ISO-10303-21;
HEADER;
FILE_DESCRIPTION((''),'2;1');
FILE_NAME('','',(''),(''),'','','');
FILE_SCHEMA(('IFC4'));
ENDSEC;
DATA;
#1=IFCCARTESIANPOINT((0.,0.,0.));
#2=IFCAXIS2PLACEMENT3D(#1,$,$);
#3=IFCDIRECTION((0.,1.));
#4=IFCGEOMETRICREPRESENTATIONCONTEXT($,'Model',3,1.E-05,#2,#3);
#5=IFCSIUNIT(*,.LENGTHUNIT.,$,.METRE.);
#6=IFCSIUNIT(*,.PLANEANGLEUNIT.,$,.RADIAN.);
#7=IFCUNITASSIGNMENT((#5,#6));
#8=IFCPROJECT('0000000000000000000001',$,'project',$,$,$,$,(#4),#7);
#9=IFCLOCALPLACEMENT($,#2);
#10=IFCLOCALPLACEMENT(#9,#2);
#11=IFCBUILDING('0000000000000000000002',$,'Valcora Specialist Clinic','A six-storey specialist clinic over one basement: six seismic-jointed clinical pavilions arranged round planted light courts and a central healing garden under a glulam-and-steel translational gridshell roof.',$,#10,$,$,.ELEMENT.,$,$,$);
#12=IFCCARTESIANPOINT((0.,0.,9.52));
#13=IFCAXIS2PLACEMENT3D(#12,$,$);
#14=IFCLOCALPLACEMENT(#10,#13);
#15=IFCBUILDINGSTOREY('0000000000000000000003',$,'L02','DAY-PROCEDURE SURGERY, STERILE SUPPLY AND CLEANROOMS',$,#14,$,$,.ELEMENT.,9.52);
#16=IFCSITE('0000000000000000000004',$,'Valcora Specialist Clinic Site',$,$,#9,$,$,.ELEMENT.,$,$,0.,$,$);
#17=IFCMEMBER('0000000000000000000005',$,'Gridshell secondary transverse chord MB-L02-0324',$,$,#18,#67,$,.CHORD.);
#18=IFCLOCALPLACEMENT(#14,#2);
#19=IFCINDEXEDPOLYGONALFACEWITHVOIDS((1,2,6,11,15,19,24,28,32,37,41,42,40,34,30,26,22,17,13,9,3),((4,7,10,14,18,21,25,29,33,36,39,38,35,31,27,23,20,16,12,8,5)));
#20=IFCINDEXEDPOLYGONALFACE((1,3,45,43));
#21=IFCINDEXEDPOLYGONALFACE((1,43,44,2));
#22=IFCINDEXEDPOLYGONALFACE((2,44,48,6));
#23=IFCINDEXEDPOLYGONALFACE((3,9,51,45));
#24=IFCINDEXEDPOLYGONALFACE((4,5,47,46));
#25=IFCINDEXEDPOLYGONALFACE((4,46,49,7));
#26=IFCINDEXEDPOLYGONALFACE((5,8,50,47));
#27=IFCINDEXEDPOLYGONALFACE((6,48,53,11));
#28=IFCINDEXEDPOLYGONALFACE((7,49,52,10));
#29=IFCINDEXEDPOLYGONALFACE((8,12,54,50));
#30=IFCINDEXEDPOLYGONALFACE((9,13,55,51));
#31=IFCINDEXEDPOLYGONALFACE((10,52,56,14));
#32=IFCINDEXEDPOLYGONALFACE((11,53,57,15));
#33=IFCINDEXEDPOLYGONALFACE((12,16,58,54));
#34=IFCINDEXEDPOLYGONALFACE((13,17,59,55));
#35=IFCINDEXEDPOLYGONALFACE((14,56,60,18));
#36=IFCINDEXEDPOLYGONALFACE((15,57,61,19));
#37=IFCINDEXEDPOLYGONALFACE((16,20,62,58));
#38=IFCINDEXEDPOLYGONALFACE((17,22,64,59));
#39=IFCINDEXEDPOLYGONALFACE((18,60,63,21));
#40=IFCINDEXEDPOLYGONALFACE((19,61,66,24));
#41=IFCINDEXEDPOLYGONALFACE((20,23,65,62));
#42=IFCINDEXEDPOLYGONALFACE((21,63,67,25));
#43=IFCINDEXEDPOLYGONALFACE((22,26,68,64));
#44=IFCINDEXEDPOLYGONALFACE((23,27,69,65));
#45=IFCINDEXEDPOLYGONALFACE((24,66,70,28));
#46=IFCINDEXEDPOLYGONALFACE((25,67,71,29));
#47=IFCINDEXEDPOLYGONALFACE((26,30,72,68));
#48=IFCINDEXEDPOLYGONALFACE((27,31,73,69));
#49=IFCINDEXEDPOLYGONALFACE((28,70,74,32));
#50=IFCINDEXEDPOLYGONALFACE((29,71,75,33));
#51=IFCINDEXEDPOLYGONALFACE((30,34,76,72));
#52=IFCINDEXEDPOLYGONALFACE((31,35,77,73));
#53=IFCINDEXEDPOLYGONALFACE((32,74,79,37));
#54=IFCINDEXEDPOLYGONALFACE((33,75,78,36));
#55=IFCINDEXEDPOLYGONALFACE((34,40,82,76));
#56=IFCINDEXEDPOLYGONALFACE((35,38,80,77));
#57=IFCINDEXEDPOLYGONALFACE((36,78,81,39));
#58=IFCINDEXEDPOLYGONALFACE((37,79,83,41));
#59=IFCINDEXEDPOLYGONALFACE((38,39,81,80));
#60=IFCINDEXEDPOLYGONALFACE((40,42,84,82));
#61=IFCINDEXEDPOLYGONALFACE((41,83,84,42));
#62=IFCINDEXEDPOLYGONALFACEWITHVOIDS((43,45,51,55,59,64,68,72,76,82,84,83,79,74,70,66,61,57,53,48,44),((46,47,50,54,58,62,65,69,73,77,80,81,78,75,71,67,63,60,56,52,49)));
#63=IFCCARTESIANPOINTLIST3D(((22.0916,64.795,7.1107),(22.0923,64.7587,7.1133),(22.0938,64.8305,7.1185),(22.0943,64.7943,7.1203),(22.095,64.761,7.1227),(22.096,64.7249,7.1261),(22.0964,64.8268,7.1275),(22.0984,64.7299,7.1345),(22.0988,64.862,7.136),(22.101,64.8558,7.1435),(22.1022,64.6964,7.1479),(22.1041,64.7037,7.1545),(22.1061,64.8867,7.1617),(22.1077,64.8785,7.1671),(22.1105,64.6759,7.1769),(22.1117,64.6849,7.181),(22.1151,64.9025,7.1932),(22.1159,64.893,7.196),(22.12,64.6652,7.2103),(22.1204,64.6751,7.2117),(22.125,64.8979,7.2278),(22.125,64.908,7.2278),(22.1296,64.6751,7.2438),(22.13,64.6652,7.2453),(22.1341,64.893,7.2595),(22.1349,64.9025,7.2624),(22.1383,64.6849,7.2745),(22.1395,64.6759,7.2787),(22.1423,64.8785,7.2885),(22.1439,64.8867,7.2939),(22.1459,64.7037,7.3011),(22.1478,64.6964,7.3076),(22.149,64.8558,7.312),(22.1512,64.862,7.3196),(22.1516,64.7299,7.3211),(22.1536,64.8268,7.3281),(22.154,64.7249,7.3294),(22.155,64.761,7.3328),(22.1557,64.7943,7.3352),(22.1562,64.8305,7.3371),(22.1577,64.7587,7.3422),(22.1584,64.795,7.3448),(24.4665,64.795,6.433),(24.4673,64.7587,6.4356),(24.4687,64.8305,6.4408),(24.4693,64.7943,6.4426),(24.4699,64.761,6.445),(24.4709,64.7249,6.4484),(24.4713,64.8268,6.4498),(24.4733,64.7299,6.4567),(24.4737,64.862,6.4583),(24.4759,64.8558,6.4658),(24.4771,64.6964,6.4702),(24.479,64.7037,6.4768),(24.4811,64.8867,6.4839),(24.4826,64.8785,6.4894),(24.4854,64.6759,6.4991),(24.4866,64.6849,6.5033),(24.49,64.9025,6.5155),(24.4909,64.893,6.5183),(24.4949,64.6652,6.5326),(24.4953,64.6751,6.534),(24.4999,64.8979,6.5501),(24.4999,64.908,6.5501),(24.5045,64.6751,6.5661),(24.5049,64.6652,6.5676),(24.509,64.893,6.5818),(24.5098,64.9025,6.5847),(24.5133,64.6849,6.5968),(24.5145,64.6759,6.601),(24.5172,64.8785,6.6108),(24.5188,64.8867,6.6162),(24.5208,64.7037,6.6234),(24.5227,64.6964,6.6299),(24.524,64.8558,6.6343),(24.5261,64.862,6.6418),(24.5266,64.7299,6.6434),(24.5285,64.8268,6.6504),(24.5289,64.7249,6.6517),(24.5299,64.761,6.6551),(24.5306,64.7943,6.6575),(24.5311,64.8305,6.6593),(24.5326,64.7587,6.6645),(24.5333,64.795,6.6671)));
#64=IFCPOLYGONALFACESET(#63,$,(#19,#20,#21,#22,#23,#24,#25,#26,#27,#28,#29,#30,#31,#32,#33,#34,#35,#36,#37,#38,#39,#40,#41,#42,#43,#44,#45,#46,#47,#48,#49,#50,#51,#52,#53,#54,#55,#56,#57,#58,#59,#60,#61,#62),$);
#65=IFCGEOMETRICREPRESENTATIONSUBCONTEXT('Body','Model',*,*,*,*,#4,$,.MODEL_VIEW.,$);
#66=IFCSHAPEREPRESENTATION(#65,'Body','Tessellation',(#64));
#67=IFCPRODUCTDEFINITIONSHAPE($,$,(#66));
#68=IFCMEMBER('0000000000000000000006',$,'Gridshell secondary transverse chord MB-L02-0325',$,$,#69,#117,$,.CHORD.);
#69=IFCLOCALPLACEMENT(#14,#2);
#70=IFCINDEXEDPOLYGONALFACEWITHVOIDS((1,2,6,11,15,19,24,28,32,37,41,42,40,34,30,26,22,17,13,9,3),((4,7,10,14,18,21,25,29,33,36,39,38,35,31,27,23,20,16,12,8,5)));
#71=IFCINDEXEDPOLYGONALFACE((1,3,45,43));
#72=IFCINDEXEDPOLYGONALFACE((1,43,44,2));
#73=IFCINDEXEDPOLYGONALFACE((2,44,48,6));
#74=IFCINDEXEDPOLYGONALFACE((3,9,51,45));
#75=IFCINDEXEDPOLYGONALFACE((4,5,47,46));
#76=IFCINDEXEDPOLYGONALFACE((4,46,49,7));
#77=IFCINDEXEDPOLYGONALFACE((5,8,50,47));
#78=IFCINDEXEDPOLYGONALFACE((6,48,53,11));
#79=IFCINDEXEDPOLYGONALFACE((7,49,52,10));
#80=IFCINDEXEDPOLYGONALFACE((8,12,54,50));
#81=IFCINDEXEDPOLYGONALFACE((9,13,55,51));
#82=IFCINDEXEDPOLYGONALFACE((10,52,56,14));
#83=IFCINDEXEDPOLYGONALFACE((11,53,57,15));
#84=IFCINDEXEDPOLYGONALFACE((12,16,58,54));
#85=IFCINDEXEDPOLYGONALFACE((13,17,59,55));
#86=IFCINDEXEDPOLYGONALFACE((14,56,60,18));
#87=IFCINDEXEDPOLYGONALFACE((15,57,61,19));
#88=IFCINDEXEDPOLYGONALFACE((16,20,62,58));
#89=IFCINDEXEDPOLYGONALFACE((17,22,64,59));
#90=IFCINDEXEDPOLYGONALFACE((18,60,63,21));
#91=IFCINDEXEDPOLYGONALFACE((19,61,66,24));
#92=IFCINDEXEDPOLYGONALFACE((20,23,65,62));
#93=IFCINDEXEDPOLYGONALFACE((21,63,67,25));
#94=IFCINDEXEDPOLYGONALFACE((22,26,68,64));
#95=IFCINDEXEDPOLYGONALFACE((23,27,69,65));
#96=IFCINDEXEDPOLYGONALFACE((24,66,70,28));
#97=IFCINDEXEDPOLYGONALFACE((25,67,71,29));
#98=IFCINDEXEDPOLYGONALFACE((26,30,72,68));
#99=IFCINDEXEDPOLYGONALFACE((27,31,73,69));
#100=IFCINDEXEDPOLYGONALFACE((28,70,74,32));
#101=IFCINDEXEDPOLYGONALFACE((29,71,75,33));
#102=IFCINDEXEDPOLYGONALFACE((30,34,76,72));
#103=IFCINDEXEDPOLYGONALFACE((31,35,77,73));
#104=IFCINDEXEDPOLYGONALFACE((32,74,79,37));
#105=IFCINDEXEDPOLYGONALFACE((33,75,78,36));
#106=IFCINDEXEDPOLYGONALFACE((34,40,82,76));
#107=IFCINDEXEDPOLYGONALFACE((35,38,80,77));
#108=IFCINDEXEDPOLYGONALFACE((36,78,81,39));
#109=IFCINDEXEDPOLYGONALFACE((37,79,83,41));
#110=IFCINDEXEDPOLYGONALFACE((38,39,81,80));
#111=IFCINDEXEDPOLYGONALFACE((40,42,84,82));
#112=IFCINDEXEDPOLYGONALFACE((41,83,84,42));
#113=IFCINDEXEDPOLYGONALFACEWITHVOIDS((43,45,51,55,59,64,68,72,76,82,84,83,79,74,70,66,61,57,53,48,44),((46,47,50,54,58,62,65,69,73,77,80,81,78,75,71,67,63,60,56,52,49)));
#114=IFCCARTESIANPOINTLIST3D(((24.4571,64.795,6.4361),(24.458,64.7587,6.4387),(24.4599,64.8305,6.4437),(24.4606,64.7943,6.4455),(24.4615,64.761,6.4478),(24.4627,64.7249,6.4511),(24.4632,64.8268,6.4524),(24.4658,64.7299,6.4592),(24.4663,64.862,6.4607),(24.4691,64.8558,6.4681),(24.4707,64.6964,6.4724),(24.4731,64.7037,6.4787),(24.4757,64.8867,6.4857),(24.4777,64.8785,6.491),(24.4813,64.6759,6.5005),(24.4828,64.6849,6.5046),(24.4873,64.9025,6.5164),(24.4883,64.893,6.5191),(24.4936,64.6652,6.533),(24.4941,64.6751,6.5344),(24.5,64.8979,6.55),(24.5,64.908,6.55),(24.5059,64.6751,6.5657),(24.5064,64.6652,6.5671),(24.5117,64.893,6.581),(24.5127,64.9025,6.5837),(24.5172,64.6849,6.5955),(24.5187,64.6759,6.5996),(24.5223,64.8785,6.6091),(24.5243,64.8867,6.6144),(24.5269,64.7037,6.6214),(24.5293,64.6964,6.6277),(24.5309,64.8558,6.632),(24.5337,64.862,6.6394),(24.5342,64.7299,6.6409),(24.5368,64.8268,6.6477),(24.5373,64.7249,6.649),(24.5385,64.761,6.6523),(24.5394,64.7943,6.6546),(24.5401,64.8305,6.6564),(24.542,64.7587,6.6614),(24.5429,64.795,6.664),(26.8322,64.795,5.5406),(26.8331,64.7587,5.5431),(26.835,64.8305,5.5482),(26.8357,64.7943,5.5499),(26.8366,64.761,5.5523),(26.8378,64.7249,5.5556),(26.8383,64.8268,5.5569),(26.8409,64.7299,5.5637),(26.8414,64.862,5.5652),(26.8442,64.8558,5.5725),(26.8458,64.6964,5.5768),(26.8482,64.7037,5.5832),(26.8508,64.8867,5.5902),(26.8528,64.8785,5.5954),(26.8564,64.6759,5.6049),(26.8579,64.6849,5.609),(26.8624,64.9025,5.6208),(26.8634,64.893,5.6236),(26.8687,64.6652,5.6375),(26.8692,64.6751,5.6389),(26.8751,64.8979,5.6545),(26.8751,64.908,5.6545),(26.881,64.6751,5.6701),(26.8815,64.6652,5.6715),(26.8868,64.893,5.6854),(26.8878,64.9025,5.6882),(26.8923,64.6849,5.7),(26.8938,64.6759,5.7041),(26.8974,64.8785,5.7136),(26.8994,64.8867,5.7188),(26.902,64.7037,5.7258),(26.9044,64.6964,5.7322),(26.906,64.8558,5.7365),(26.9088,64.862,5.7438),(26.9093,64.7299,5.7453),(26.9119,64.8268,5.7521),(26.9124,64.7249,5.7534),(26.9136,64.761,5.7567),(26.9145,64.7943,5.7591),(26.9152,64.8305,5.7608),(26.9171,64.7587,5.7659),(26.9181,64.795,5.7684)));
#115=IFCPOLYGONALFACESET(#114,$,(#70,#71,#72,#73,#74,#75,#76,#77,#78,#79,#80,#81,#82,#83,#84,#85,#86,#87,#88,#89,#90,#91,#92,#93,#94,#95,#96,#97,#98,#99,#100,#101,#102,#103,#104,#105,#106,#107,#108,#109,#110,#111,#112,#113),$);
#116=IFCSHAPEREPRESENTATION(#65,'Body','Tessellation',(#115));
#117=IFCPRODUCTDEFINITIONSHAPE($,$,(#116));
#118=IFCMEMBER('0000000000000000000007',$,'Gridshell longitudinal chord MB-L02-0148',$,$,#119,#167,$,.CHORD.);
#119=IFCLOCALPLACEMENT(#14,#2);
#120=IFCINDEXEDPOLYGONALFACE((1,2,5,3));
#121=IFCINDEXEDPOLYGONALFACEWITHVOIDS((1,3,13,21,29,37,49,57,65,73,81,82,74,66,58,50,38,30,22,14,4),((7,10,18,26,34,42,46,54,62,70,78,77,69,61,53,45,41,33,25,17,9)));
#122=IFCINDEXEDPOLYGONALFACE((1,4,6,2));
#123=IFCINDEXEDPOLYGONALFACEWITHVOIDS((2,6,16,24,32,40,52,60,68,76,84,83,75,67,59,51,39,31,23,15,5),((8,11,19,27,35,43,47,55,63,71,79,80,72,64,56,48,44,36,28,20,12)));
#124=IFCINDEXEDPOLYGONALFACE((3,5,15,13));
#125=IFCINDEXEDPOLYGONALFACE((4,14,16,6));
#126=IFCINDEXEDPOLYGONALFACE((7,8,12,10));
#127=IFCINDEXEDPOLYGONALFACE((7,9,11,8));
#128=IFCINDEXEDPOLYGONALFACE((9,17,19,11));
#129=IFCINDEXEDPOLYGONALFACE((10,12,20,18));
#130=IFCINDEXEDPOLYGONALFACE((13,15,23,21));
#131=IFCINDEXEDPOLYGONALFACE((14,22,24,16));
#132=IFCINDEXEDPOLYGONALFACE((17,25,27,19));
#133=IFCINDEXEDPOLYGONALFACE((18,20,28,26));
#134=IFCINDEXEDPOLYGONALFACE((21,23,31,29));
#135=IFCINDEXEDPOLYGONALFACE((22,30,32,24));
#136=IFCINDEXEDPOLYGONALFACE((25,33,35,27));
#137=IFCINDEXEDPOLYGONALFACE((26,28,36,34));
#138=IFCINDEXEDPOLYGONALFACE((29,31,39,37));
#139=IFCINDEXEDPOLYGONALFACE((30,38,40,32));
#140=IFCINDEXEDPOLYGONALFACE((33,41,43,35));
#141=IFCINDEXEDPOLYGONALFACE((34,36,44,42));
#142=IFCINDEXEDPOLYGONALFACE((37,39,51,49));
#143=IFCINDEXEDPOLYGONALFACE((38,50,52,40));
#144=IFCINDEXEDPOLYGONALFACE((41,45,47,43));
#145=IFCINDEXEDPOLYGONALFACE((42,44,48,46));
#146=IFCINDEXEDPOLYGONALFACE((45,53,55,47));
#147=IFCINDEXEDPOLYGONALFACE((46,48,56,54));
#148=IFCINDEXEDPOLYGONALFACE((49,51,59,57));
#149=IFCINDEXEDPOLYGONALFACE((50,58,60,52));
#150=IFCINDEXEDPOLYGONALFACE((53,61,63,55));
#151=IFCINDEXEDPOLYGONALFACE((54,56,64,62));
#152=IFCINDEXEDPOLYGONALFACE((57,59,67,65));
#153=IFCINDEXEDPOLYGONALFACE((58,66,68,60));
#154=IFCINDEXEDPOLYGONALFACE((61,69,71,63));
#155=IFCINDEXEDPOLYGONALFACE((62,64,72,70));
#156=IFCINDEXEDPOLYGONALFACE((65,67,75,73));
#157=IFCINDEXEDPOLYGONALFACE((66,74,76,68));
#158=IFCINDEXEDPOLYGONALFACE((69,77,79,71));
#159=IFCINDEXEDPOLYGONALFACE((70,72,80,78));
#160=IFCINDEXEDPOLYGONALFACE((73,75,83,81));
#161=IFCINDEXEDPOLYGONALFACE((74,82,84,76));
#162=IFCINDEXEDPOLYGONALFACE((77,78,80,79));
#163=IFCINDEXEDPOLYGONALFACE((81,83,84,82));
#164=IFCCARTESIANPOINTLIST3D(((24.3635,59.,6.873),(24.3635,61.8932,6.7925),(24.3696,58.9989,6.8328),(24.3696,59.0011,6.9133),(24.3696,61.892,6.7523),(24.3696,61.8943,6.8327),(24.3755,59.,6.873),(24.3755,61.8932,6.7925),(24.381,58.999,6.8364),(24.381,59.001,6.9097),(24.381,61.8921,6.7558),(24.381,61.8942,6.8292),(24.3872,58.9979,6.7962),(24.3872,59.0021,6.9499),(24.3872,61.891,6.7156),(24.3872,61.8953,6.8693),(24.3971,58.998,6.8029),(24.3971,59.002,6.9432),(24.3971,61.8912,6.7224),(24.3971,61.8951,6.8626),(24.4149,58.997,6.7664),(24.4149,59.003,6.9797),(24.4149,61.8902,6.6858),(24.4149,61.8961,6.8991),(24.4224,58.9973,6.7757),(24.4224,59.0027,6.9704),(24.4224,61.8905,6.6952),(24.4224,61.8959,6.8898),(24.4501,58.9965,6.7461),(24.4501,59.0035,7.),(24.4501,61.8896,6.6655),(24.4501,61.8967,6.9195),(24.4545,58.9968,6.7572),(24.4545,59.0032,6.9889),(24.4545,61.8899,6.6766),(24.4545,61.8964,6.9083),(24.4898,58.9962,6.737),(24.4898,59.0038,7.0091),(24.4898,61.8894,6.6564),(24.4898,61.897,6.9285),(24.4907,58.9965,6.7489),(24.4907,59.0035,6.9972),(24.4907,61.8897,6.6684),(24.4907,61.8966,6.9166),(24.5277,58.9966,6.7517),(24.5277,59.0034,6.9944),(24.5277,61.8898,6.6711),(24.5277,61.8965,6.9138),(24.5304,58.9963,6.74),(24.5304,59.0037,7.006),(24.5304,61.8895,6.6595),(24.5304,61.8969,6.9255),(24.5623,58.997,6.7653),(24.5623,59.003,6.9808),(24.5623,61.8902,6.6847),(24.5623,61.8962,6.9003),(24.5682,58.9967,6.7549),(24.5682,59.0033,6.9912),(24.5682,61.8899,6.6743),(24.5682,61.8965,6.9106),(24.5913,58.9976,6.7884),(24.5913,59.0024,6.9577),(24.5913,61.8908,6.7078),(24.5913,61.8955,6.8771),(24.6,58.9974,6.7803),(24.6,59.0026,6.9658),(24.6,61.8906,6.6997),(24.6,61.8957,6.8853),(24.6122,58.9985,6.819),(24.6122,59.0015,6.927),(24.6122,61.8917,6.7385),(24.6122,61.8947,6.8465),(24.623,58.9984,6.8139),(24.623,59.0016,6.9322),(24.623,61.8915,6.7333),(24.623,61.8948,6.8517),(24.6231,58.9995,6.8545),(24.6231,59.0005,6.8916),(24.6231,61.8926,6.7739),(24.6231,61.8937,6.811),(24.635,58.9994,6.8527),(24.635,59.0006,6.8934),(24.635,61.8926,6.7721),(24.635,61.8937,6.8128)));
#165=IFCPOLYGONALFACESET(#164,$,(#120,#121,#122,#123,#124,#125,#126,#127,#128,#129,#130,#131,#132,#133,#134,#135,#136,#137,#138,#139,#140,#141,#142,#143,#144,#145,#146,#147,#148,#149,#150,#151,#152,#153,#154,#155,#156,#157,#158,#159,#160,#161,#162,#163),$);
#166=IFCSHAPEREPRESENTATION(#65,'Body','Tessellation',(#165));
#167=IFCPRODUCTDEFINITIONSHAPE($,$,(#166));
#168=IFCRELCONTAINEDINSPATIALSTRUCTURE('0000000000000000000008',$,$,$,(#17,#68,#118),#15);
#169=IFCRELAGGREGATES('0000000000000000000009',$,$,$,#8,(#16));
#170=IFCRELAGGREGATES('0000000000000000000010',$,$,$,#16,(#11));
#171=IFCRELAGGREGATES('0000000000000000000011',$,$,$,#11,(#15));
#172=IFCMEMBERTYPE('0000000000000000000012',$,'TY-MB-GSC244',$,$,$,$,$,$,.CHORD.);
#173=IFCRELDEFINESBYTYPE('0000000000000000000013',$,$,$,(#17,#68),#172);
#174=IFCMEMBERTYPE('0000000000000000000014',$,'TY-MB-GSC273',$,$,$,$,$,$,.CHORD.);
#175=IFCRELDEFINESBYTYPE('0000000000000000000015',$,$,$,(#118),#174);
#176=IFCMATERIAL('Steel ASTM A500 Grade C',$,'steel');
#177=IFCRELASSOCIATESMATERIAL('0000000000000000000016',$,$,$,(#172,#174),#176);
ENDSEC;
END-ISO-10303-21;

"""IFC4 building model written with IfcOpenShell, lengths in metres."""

from ifc_helpers import new_model, si_unit, direction, frame, origin, origin_2d, place, context, subcontext, project, spatial, hollow_circle, extrude, material, material_profile, profile_set, type_object, element, save


model = new_model("IFC4")

# Units and contexts
model_context = context("Model", 3, precision=1e-05, world=origin(), true_north=direction((0.0, 1.0)))
body_context = subcontext(model_context, "Body", "Model", "MODEL_VIEW")
ifc_project = project(units=[si_unit("LENGTHUNIT", "METRE"), si_unit("PLANEANGLEUNIT", "RADIAN")], contexts=[model_context])

# Site, building, storey
site_placement = place(None, origin())
site = spatial("IfcSite", under=ifc_project, at=site_placement, Name="Valcora Specialist Clinic Site", CompositionType="ELEMENT", RefElevation=0.0)
building_placement = place(site_placement, origin())
building = spatial("IfcBuilding", under=site, at=building_placement, Name="Valcora Specialist Clinic", Description="A six-storey specialist clinic over one basement: six seismic-jointed clinical pavilions arranged round planted light courts and a central healing garden under a glulam-and-steel translational gridshell roof.", CompositionType="ELEMENT")
storey_placement = place(building_placement, frame((0.0, 0.0, 9.52)))
storey = spatial("IfcBuildingStorey", under=building, at=storey_placement, Name="L02", Description="DAY-PROCEDURE SURGERY, STERILE SUPPLY AND CLEANROOMS", CompositionType="ELEMENT", Elevation=9.52)

# Members
ifc_material_1 = material(Name="Steel ASTM A500 Grade C", Category="steel")
ifc_material_profile_1 = material_profile(ifc_material_1, hollow_circle(Radius=0.1221, WallThickness=0.01, at=origin_2d()), Name="ST-CHS-244X10")
ifc_profile_set_1 = profile_set([ifc_material_profile_1], Name="Steel ASTM A500 Grade C")
member_type_1 = type_object("IfcMemberType", Name="TY-MB-GSC244", PredefinedType="CHORD", material=ifc_profile_set_1)
member_1_placement = place(storey_placement, frame((22.125, 64.7859, 7.2278), z_axis=(0.961613, 0.0, -0.274408), x_axis=(0.0, 1.0, 0.0)))
element("IfcMember", 1, at=member_1_placement, inside=storey, type_object=member_type_1, Name="Gridshell secondary transverse chord MB-L02-0324", PredefinedType="CHORD", context=body_context, shape_type="SweptSolid", body=[
    extrude(hollow_circle(Radius=0.1221, WallThickness=0.01, at=origin_2d()), origin(), (0.0, 0.0, 1.0), 2.4697),
])
member_2_placement = place(storey_placement, frame((24.5, 64.7859, 6.55), z_axis=(0.935695, 0.0, -0.352809), x_axis=(0.0, 1.0, 0.0)))
element("IfcMember", 2, at=member_2_placement, inside=storey, type_object=member_type_1, Name="Gridshell secondary transverse chord MB-L02-0325", PredefinedType="CHORD", context=body_context, shape_type="SweptSolid", body=[
    extrude(hollow_circle(Radius=0.1221, WallThickness=0.01, at=origin_2d()), origin(), (0.0, 0.0, 1.0), 2.5383),
])
ifc_material_profile_2 = material_profile(ifc_material_1, hollow_circle(Radius=0.1365, WallThickness=0.012, at=origin_2d()), Name="ST-CHS-273X12")
ifc_profile_set_2 = profile_set([ifc_material_profile_2], Name="Steel ASTM A500 Grade C")
member_type_2 = type_object("IfcMemberType", Name="TY-MB-GSC273", PredefinedType="CHORD", material=ifc_profile_set_2)
member_3_placement = place(storey_placement, frame((24.5, 59.0, 6.873), z_axis=(0.0, 0.999612, -0.027837), x_axis=(-1.0, 0.0, 0.0)))
element("IfcMember", 3, at=member_3_placement, inside=storey, type_object=member_type_2, Name="Gridshell longitudinal chord MB-L02-0148", PredefinedType="CHORD", context=body_context, shape_type="SweptSolid", body=[
    extrude(hollow_circle(Radius=0.1365, WallThickness=0.012, at=origin_2d()), origin(), (0.0, 0.0, 1.0), 2.8943),
])

save(model, "model.ifc")
